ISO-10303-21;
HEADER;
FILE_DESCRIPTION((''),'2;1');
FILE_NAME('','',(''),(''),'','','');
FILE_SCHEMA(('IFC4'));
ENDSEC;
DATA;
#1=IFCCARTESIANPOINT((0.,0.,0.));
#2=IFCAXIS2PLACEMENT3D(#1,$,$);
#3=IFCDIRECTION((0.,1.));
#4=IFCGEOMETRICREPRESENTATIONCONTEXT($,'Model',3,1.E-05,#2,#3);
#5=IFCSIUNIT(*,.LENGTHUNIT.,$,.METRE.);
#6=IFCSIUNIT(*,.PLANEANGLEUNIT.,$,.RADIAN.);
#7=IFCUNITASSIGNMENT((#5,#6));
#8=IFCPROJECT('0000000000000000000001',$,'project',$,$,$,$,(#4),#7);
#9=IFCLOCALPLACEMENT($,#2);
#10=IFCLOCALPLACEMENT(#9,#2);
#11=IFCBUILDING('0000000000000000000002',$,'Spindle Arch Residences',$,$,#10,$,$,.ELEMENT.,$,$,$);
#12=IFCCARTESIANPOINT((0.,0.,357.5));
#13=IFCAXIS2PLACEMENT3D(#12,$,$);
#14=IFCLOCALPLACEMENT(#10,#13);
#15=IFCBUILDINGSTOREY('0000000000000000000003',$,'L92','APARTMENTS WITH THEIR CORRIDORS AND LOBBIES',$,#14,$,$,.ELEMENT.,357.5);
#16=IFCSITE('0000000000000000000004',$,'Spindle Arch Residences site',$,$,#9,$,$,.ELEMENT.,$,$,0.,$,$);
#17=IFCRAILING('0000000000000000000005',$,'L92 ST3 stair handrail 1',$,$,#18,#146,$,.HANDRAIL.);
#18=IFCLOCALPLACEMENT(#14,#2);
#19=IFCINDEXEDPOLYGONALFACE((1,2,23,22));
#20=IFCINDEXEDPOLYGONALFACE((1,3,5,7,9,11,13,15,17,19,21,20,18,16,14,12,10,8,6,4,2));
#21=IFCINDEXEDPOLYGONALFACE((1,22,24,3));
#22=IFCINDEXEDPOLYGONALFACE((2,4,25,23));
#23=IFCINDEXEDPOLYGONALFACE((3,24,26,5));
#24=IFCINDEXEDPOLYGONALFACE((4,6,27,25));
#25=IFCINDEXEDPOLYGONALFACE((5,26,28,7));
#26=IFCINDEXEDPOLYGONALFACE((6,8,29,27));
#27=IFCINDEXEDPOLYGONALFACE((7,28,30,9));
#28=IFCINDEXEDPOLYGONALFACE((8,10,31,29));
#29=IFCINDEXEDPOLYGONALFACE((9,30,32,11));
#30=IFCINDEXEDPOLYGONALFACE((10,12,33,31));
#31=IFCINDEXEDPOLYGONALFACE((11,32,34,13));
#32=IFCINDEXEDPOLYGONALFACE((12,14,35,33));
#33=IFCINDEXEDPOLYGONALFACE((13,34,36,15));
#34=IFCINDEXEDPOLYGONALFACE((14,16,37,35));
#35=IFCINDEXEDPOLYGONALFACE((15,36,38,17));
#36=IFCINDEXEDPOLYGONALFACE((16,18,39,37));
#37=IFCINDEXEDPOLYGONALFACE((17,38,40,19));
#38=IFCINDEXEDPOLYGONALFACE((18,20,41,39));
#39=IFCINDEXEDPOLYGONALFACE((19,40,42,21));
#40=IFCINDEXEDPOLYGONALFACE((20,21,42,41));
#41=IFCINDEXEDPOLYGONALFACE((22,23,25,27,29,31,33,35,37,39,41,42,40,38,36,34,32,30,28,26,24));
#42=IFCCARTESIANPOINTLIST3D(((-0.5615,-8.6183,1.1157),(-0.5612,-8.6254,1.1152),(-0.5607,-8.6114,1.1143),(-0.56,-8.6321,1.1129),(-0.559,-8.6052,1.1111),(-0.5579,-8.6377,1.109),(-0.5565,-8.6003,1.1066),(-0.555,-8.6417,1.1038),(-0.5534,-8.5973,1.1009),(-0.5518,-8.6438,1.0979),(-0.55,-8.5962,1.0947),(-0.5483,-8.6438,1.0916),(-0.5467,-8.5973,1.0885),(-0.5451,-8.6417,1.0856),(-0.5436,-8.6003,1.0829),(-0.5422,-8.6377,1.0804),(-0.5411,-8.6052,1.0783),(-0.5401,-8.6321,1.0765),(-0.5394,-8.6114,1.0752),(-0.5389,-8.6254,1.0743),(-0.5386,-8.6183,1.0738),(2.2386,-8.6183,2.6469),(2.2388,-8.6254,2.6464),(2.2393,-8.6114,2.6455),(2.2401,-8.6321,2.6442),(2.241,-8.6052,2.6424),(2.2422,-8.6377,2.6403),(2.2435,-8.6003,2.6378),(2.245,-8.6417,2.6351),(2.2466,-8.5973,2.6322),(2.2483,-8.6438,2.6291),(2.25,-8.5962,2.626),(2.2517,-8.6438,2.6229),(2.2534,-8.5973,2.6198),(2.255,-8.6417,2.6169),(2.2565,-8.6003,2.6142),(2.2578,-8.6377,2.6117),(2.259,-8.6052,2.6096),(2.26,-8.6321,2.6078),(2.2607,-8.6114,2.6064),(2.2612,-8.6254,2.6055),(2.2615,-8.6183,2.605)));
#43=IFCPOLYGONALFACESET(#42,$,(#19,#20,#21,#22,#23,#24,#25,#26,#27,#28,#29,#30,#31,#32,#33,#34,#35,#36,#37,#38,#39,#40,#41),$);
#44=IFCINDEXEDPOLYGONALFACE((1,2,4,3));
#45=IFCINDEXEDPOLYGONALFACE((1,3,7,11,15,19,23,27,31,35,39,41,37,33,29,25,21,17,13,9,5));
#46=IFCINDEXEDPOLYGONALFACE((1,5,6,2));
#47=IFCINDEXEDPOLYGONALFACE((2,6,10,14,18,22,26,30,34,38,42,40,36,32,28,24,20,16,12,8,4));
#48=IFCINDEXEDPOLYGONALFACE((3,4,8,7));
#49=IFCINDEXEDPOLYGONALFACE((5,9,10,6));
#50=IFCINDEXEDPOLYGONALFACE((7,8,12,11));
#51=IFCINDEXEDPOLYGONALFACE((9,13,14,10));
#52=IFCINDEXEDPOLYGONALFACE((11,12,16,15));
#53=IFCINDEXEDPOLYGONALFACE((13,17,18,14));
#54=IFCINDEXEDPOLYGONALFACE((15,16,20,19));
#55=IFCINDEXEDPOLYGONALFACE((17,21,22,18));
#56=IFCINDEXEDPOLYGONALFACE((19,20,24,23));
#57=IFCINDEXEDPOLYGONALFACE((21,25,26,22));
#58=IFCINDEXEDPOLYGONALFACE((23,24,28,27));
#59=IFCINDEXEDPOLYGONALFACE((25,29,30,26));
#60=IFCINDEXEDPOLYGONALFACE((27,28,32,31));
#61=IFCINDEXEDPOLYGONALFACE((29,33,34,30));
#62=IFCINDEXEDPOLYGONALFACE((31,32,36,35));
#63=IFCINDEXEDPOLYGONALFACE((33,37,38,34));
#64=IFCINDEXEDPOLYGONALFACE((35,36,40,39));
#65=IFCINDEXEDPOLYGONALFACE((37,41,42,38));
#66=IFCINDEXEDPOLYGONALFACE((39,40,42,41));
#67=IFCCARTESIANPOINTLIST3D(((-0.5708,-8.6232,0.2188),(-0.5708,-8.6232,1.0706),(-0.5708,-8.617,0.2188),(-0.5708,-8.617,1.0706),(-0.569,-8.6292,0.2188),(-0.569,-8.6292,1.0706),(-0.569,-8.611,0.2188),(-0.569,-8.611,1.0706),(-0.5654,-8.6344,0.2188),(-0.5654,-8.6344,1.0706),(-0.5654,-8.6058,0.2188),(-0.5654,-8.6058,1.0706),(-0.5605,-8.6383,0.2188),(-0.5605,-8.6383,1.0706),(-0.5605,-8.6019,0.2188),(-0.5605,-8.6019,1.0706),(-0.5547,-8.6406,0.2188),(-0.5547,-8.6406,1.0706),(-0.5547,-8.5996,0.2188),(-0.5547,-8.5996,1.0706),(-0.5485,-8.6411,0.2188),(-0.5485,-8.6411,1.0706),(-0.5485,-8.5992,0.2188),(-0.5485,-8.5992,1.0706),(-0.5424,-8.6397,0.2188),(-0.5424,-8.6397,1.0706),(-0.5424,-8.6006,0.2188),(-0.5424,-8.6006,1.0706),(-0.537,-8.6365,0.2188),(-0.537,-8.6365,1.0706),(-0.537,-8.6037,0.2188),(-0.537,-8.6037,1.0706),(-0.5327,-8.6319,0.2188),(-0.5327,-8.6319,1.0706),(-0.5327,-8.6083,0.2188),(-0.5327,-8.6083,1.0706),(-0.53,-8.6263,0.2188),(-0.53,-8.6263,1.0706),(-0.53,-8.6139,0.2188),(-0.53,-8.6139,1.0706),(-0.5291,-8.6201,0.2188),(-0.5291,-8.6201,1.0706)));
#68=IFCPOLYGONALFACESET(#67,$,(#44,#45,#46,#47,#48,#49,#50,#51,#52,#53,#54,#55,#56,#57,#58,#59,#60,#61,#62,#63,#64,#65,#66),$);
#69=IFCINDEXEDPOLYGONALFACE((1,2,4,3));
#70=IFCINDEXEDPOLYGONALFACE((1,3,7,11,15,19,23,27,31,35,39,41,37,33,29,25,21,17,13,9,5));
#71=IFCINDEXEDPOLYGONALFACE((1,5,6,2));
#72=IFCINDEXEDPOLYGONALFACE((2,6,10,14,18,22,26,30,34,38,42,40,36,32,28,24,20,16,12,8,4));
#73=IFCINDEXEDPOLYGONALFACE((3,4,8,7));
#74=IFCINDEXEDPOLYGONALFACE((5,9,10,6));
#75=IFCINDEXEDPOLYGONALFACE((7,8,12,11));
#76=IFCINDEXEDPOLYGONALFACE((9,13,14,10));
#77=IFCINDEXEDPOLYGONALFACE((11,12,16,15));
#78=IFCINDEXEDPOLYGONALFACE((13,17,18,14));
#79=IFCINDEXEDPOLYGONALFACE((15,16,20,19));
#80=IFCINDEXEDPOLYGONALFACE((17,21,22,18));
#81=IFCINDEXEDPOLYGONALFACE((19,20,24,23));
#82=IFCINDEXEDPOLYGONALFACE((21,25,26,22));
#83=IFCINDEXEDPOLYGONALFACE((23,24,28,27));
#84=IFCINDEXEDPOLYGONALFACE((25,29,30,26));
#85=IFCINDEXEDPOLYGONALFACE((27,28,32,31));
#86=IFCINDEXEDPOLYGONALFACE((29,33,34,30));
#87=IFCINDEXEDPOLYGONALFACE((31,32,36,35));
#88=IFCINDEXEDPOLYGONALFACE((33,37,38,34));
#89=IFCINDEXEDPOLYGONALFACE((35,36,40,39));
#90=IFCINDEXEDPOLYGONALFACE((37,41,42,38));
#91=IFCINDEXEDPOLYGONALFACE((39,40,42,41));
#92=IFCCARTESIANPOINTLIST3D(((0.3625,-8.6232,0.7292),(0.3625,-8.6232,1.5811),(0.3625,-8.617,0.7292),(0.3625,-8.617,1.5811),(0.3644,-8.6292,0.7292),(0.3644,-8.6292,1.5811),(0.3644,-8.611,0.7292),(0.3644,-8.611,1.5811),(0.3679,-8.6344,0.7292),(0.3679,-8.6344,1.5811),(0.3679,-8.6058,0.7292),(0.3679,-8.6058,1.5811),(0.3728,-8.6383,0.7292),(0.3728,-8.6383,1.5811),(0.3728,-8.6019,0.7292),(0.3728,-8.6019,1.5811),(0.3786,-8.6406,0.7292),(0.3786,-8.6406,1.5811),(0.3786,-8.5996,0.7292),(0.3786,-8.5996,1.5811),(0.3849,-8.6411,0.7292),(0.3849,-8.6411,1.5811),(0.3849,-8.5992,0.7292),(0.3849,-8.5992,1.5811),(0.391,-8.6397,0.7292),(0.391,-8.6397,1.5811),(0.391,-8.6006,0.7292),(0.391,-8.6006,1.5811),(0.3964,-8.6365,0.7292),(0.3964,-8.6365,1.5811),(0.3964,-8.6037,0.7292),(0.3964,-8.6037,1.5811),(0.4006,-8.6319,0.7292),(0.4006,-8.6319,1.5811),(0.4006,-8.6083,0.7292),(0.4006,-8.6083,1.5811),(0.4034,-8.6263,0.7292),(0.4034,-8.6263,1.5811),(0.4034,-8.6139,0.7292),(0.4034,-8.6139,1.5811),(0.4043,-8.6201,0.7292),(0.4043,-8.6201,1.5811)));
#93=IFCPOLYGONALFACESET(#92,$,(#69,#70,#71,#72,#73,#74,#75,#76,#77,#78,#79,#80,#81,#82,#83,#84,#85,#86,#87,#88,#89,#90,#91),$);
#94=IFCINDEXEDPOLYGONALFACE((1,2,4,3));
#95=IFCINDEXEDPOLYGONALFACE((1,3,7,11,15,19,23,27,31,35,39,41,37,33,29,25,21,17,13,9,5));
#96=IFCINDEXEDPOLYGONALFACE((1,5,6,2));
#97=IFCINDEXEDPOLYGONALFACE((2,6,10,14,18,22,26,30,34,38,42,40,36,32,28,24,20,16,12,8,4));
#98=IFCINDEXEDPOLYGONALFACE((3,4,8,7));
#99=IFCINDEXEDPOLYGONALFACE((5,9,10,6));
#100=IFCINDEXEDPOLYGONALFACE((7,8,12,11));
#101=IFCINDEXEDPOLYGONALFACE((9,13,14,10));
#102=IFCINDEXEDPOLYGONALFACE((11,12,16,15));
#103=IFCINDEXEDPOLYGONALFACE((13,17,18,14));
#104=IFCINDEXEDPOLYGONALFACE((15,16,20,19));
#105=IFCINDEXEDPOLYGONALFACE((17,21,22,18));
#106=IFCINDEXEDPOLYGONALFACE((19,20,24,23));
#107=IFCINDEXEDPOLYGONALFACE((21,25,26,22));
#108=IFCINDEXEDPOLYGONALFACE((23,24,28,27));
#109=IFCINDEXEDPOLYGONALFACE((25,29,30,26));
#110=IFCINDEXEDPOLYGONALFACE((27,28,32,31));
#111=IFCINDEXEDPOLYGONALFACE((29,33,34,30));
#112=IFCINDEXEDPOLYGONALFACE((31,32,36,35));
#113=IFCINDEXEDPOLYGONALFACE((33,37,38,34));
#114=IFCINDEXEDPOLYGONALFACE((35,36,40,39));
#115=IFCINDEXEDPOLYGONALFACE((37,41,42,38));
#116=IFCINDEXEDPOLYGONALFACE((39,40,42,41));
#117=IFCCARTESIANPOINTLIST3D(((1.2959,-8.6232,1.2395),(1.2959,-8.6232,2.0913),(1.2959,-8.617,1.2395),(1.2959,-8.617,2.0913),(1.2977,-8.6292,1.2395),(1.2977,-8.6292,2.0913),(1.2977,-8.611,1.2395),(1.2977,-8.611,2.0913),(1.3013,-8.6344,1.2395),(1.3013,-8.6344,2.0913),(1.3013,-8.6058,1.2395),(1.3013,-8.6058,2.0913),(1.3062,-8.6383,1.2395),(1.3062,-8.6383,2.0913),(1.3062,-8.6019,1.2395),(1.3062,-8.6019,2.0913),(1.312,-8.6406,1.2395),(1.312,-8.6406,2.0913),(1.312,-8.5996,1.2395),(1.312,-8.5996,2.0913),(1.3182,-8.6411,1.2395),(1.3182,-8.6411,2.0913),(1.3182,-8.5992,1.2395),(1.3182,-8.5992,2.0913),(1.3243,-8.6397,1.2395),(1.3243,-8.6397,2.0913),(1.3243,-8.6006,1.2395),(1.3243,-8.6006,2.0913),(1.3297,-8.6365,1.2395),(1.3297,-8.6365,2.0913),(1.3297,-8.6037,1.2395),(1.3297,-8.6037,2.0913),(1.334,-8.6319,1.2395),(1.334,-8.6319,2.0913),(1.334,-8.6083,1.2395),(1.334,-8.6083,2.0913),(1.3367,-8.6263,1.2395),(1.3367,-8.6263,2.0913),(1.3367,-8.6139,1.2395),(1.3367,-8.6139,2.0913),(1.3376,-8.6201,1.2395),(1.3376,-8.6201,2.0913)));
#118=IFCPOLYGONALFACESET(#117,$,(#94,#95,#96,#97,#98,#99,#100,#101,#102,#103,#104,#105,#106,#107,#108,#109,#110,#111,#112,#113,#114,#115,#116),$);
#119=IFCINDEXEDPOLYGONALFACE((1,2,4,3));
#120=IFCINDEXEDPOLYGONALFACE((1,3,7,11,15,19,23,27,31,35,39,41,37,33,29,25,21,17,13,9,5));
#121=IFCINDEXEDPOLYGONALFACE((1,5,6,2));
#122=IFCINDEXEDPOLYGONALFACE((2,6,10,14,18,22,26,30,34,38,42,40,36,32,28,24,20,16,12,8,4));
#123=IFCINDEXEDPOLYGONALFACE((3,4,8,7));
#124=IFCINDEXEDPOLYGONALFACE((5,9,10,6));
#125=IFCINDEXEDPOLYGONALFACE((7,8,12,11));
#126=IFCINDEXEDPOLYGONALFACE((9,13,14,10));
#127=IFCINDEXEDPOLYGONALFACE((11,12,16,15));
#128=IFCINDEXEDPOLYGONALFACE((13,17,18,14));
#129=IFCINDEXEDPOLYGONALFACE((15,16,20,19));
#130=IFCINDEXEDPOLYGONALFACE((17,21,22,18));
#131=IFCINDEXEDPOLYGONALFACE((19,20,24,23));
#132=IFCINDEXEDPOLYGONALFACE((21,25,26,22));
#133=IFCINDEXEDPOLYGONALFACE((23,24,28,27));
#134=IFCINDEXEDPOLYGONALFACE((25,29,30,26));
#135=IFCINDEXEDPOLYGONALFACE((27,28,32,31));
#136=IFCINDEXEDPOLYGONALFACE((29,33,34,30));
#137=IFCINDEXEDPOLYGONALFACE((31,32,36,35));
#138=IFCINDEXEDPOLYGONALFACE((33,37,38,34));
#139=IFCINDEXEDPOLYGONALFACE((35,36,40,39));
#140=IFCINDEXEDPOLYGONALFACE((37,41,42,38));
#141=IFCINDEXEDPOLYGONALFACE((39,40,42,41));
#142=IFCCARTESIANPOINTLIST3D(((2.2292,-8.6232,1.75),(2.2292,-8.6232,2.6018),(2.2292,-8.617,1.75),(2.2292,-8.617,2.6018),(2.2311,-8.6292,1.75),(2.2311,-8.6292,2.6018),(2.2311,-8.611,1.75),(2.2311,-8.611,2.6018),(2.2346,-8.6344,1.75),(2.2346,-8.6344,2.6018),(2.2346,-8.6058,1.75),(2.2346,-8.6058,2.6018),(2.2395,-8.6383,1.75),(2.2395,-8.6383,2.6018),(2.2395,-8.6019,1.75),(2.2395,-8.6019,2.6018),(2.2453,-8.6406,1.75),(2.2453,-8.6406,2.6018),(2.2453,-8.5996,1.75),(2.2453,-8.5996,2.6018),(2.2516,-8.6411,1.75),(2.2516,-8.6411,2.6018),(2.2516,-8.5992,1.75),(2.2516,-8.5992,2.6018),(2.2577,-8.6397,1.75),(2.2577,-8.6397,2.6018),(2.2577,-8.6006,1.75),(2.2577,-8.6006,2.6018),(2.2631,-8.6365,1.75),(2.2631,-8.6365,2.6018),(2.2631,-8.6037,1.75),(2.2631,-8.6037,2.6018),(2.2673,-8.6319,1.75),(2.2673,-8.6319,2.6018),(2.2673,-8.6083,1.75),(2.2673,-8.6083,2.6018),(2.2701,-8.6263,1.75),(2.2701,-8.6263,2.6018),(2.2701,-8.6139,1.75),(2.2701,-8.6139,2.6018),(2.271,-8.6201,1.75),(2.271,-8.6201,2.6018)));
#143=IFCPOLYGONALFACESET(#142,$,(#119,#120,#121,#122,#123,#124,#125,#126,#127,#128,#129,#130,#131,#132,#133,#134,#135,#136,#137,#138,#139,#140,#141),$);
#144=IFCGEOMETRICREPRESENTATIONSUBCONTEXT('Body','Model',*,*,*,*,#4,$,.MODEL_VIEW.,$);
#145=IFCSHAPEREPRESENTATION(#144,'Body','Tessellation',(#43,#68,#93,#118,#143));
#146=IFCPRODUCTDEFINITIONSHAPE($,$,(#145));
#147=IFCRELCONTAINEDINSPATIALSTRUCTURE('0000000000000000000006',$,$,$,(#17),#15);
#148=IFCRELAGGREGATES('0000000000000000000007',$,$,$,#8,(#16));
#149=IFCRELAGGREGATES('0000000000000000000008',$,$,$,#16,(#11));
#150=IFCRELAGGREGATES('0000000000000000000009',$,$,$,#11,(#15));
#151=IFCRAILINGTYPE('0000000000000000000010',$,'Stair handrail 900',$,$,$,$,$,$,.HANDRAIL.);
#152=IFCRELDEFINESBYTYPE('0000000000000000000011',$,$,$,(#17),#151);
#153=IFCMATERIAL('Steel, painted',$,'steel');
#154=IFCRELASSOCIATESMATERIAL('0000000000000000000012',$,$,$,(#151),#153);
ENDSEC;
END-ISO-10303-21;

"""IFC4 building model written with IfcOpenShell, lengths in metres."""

from ifc_helpers import new_model, si_unit, direction, frame, origin, origin_2d, place, context, subcontext, project, spatial, circle, extrude, material, type_object, element, save


model = new_model("IFC4")

# Units and contexts
model_context = context("Model", 3, precision=1e-05, world=origin(), true_north=direction((0.0, 1.0)))
body_context = subcontext(model_context, "Body", "Model", "MODEL_VIEW")
ifc_project = project(units=[si_unit("LENGTHUNIT", "METRE"), si_unit("PLANEANGLEUNIT", "RADIAN")], contexts=[model_context])

# Site, building, storey
site_placement = place(None, origin())
site = spatial("IfcSite", under=ifc_project, at=site_placement, Name="Spindle Arch Residences site", CompositionType="ELEMENT", RefElevation=0.0)
building_placement = place(site_placement, origin())
building = spatial("IfcBuilding", under=site, at=building_placement, Name="Spindle Arch Residences", CompositionType="ELEMENT")
storey_placement = place(building_placement, frame((0.0, 0.0, 357.5)))
storey = spatial("IfcBuildingStorey", under=building, at=storey_placement, Name="L92", Description="APARTMENTS WITH THEIR CORRIDORS AND LOBBIES", CompositionType="ELEMENT", Elevation=357.5)

# Railing
ifc_material_1 = material(Name="Steel, painted", Category="steel")
railing_type_1 = type_object("IfcRailingType", Name="Stair handrail 900", PredefinedType="HANDRAIL", material=ifc_material_1)
railing_1_placement = place(storey_placement, frame((-0.55, -8.6201, 0.2188)))
element("IfcRailing", 1, at=railing_1_placement, inside=storey, type_object=railing_type_1, Name="L92 ST3 stair handrail 1", PredefinedType="HANDRAIL", context=body_context, shape_type="SweptSolid", body=[
    extrude(circle(Radius=0.0239, at=origin_2d()), frame((0.0, 0.0, 0.876), z_axis=(0.877375, 0.0, 0.479806), x_axis=(0.0, 1.0, 0.0)), (0.0, 0.0, 1.0), 3.1914),
    extrude(circle(Radius=0.021, at=origin_2d()), origin(), (0.0, 0.0, 1.0), 0.8518),
    extrude(circle(Radius=0.021, at=origin_2d()), frame((0.9333, 0.0, 0.5105)), (0.0, 0.0, 1.0), 0.8518),
    extrude(circle(Radius=0.021, at=origin_2d()), frame((1.8667, 0.0, 1.0208)), (0.0, 0.0, 1.0), 0.8518),
    extrude(circle(Radius=0.021, at=origin_2d()), frame((2.8, 0.0, 1.5312)), (0.0, 0.0, 1.0), 0.8518),
])

save(model, "model.ifc")
